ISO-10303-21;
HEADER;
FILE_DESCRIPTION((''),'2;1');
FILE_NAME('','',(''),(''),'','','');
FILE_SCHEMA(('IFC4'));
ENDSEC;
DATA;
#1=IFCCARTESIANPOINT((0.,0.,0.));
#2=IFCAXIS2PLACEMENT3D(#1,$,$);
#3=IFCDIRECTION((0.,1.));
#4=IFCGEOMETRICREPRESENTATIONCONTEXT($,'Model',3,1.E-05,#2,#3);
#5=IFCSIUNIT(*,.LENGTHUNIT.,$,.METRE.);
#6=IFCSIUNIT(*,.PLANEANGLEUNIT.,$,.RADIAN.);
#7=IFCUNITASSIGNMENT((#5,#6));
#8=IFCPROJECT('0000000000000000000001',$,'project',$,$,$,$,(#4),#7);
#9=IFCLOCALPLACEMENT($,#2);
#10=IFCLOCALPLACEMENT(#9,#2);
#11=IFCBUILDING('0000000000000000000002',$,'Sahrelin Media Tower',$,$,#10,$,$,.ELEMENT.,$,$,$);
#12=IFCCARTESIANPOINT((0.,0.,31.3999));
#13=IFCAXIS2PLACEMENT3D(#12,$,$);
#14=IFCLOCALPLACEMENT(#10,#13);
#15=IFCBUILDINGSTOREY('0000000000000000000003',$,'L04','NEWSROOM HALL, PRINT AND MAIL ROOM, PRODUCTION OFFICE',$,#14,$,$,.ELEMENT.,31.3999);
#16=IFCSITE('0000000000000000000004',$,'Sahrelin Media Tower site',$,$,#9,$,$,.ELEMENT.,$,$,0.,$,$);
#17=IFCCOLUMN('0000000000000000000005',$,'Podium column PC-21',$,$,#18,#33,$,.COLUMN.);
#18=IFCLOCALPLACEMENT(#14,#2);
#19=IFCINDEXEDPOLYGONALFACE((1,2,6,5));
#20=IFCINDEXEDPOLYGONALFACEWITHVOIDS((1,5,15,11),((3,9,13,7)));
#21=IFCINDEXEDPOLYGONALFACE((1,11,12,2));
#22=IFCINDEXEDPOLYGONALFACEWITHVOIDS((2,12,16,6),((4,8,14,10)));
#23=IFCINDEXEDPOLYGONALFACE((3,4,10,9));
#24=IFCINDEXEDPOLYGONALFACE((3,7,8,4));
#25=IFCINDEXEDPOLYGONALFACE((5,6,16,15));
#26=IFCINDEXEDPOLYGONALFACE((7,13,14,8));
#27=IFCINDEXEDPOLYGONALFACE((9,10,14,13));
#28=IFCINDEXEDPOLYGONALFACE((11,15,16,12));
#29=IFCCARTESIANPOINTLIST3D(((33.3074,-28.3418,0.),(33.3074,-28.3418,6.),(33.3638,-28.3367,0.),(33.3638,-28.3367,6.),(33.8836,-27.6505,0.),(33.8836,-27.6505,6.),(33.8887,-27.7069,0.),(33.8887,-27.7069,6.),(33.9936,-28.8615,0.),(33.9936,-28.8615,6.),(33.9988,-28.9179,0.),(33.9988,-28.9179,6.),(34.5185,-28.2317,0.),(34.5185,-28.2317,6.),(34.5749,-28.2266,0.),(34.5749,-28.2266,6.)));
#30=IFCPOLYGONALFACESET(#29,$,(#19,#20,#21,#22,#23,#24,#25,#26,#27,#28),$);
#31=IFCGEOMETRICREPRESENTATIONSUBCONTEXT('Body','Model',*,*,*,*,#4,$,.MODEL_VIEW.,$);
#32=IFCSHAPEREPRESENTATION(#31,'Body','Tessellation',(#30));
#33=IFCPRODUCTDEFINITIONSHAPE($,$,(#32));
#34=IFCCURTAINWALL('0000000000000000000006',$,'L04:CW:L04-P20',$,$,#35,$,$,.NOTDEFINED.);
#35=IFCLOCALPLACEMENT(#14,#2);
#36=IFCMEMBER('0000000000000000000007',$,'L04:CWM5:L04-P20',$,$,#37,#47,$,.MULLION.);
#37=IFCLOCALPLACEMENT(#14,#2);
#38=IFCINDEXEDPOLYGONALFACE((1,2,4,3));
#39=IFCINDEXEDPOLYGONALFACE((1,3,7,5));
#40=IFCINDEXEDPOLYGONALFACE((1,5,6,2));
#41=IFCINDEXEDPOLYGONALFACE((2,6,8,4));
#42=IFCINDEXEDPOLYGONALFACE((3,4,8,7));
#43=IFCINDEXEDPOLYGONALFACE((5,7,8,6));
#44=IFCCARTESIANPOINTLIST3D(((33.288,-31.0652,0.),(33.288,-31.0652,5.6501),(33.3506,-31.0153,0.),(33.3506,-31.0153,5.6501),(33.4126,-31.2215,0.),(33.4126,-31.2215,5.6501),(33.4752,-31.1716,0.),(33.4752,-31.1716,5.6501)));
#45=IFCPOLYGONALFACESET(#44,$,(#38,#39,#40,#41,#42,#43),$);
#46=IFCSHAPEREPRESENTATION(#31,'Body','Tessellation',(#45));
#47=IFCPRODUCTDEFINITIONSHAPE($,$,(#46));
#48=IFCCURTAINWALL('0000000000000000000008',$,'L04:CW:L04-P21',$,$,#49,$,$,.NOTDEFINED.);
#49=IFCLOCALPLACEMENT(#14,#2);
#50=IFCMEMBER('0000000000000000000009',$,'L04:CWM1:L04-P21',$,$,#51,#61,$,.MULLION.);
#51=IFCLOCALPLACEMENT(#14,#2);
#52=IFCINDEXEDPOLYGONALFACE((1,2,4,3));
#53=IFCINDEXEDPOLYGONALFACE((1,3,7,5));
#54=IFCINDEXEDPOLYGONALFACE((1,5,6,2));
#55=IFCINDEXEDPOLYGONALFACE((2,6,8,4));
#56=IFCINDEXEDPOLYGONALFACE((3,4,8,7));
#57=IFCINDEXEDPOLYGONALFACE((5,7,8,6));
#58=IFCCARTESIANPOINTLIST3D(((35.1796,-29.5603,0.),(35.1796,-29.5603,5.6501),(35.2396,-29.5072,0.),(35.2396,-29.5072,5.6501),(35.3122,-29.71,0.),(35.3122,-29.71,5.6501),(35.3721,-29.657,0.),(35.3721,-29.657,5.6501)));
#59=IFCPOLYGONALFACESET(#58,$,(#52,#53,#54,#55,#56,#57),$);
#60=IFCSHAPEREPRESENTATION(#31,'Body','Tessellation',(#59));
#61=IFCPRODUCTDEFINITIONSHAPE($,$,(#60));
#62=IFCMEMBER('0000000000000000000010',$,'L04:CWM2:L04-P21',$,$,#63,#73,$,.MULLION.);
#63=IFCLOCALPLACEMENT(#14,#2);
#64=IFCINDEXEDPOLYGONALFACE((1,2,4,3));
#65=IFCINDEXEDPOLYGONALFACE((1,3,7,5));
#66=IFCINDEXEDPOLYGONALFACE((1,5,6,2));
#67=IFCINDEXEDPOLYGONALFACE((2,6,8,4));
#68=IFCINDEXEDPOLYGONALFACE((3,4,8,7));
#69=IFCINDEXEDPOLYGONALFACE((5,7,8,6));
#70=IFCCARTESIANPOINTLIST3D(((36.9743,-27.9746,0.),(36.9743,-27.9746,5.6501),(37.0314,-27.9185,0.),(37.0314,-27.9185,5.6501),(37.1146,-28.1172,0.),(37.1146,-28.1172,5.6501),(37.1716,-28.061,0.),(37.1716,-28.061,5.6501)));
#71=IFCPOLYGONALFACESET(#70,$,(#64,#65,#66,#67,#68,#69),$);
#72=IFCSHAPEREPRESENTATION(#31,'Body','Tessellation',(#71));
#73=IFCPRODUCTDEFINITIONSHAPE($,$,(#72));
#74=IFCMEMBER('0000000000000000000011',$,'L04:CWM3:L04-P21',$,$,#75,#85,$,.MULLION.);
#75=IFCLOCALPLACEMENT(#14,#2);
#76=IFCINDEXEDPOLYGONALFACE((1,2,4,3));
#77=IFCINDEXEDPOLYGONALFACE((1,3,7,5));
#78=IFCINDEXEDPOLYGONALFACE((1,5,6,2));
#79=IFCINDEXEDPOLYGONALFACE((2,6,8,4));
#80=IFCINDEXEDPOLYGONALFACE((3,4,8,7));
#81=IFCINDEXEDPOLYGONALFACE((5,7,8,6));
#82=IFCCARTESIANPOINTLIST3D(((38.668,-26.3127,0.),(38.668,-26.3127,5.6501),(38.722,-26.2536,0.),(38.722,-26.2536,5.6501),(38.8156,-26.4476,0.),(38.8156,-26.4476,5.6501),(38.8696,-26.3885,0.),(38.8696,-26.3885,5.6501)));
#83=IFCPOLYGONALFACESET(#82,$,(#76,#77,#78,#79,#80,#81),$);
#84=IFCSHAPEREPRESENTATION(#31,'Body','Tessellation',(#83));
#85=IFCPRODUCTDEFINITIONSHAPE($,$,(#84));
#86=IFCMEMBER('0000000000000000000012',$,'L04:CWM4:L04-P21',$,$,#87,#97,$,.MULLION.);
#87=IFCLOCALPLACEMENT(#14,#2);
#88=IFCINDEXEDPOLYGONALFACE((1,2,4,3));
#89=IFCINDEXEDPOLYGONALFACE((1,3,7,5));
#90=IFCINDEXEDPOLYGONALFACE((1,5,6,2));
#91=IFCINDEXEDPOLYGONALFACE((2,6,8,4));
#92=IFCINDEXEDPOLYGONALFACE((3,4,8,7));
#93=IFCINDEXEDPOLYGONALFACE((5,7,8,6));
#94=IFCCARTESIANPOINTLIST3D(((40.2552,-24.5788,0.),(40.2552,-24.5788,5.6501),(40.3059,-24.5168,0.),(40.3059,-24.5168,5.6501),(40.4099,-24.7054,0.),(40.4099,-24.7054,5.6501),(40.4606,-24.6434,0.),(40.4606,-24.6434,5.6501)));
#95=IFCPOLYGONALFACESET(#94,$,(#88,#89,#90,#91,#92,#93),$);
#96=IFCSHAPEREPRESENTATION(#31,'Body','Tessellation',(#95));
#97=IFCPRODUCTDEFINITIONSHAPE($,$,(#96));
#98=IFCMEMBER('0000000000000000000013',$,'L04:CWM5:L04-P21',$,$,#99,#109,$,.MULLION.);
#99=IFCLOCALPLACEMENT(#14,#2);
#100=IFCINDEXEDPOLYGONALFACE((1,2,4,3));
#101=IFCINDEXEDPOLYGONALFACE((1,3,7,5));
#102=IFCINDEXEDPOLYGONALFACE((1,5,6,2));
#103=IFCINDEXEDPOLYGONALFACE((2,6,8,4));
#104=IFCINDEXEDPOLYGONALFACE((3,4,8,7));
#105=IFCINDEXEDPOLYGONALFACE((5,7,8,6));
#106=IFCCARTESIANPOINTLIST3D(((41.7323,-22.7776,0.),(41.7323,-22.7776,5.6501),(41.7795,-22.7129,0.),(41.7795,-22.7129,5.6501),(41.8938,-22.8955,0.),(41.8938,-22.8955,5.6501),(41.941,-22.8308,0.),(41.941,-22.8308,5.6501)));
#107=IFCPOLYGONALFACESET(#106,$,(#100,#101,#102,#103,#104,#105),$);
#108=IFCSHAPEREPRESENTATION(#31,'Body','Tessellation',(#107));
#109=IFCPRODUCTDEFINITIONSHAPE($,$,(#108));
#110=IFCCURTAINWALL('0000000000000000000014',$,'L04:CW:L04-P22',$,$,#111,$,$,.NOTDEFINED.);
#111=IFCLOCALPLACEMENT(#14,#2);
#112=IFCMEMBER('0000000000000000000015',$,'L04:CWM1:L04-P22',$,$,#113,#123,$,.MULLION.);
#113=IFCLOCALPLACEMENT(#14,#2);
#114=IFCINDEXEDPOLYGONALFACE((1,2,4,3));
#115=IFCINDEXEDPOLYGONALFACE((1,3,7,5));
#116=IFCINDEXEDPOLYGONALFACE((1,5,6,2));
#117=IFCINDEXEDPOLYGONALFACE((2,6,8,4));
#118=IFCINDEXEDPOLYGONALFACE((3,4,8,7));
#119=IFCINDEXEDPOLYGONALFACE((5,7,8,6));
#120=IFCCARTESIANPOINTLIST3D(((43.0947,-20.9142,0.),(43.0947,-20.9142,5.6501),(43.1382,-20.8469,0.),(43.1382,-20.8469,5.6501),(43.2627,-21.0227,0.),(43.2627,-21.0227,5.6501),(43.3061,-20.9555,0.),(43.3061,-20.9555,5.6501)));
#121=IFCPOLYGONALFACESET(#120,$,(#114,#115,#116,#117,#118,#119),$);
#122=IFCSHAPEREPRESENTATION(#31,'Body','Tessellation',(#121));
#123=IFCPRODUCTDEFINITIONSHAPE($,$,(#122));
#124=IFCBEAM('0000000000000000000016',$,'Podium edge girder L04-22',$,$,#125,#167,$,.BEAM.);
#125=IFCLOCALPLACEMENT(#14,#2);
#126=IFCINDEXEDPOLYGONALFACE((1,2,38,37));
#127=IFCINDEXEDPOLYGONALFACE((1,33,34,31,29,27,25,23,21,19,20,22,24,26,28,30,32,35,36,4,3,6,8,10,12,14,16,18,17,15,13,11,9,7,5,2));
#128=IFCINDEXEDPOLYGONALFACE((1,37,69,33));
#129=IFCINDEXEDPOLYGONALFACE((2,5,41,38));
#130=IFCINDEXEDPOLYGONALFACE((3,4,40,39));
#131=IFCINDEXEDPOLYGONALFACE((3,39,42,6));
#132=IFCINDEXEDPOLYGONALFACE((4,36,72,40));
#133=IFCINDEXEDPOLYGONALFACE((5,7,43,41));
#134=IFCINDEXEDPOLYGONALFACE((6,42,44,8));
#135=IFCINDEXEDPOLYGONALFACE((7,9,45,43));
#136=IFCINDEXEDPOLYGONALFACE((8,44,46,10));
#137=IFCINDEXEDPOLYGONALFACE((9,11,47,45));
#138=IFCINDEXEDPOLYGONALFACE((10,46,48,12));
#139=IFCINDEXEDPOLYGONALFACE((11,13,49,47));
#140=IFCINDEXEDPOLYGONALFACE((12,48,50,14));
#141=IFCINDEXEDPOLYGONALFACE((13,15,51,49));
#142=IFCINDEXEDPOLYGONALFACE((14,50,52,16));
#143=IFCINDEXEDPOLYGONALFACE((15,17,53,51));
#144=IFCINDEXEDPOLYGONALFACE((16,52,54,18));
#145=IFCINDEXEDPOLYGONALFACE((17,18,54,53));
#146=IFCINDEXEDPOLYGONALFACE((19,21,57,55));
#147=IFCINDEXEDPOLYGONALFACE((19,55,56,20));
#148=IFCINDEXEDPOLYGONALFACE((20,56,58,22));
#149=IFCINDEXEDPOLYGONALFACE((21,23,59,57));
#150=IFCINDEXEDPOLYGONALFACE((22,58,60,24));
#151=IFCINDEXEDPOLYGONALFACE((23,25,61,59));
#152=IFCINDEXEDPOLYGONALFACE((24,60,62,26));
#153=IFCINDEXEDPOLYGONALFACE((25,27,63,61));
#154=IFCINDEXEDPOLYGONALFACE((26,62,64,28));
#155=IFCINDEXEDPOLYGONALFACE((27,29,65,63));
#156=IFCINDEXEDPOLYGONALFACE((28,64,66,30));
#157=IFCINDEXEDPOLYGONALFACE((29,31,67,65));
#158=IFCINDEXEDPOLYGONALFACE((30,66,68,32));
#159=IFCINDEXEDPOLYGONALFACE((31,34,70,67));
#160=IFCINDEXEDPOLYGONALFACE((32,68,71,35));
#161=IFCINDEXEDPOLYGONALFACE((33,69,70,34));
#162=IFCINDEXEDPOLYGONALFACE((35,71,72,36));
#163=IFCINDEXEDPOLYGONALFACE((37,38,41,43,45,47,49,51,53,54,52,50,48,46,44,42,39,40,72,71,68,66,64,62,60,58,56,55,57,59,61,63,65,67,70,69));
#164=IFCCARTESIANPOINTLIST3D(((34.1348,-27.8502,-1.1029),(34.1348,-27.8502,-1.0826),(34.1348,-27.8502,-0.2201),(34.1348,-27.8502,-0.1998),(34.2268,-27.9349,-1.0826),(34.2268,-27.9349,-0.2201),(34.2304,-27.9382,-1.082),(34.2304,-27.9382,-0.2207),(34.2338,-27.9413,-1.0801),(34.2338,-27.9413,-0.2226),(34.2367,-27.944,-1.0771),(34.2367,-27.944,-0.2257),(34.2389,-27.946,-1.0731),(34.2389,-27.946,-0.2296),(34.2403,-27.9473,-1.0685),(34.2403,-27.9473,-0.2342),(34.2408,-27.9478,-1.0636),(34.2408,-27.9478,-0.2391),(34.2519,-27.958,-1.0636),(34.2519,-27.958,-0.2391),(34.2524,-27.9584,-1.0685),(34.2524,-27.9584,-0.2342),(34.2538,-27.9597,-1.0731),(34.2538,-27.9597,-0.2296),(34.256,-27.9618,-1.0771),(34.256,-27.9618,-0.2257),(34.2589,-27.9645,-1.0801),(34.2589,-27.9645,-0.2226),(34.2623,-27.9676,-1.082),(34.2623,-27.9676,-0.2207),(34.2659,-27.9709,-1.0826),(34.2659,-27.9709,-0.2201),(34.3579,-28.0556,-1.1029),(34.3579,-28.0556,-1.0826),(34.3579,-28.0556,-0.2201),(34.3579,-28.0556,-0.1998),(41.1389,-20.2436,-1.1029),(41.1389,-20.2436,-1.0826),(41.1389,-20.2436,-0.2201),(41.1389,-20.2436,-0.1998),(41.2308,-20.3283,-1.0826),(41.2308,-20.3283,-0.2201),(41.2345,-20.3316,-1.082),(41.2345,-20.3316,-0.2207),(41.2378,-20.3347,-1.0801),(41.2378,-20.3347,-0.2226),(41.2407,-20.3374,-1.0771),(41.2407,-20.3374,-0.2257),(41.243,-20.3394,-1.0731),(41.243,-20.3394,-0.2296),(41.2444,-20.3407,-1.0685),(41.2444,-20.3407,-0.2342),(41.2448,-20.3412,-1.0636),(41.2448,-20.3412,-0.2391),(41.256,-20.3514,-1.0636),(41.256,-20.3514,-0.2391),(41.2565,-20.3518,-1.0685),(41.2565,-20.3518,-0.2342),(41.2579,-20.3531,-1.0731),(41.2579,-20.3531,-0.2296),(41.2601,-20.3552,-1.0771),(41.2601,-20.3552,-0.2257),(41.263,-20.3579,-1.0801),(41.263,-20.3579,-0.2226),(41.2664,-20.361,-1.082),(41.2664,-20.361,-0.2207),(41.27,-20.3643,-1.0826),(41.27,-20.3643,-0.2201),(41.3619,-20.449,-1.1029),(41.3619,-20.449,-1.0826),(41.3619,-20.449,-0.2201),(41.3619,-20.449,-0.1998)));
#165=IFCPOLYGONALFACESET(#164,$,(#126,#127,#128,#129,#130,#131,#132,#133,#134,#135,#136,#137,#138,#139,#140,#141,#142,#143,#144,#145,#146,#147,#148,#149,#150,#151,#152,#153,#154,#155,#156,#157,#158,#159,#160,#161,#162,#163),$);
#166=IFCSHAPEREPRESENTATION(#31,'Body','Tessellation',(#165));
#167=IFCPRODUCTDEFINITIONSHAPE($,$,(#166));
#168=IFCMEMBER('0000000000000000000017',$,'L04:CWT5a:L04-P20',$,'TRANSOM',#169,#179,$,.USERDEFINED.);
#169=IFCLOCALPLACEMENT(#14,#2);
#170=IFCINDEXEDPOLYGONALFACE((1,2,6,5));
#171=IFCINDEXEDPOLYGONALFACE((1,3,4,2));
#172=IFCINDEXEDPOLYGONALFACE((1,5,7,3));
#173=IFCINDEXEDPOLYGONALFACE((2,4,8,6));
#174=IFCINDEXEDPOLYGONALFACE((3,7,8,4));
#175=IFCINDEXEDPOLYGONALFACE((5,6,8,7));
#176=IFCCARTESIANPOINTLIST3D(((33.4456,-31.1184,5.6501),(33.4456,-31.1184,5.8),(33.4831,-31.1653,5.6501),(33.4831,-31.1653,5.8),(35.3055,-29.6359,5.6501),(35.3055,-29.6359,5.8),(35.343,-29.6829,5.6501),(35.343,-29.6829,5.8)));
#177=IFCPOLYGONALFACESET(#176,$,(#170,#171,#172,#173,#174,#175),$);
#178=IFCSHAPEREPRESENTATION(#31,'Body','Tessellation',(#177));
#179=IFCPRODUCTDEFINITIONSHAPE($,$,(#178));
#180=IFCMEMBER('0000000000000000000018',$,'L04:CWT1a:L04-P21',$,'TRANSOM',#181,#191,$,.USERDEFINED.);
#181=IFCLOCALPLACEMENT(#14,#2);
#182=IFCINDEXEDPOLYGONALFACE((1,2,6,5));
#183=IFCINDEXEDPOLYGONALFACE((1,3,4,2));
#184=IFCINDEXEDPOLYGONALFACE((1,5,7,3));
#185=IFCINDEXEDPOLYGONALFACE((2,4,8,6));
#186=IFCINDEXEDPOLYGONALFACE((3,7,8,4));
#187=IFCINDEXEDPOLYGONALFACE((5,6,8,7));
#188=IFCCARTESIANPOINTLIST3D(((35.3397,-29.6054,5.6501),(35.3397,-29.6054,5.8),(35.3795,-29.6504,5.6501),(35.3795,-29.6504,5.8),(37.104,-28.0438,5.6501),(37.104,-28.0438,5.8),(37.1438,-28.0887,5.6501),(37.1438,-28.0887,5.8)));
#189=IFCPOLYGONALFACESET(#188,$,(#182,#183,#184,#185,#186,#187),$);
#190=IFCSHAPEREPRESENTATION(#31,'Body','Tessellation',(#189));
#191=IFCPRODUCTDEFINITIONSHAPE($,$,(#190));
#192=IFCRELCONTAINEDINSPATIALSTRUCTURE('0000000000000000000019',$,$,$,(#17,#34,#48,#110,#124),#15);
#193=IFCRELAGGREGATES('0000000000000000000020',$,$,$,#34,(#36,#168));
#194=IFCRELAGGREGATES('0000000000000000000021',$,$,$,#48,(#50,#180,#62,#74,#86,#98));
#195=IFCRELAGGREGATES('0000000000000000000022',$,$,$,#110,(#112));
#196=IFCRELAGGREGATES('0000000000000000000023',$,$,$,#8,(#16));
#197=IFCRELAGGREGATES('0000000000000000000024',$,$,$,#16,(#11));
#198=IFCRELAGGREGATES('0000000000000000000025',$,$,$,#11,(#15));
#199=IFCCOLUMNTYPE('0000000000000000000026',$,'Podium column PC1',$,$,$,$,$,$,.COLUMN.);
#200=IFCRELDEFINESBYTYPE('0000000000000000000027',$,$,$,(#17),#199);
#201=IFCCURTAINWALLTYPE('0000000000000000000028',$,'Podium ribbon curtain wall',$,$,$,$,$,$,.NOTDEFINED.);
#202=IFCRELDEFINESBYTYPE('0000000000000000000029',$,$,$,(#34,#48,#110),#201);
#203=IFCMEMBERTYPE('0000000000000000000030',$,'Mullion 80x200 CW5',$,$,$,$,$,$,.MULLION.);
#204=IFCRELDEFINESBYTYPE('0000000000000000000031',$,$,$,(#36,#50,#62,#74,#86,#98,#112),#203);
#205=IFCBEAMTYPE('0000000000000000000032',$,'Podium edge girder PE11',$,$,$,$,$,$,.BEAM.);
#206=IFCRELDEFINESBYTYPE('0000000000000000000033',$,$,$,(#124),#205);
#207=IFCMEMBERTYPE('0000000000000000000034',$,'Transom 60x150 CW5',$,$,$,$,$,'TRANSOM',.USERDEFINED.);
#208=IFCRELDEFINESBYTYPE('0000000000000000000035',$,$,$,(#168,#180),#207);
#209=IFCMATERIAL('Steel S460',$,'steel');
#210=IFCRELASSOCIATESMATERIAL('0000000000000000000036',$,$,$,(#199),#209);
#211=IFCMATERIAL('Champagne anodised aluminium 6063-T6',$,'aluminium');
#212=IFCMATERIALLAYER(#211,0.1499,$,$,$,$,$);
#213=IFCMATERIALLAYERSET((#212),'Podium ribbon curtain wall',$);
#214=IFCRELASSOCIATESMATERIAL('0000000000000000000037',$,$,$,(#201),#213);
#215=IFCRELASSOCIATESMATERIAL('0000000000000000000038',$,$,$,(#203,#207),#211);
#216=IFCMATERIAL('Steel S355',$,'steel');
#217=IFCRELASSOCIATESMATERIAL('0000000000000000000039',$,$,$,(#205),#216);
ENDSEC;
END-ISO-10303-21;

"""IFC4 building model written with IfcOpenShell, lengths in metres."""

from ifc_helpers import new_model, si_unit, direction, frame, origin, origin_2d, place, context, subcontext, project, spatial, rectangle, hollow_rectangle, i_section, extrude, material, layer, layer_set, material_profile, profile_set, type_object, element, aggregate, save


model = new_model("IFC4")

# Units and contexts
model_context = context("Model", 3, precision=1e-05, world=origin(), true_north=direction((0.0, 1.0)))
body_context = subcontext(model_context, "Body", "Model", "MODEL_VIEW")
ifc_project = project(units=[si_unit("LENGTHUNIT", "METRE"), si_unit("PLANEANGLEUNIT", "RADIAN")], contexts=[model_context])

# Site, building, storey
site_placement = place(None, origin())
site = spatial("IfcSite", under=ifc_project, at=site_placement, Name="Sahrelin Media Tower site", CompositionType="ELEMENT", RefElevation=0.0)
building_placement = place(site_placement, origin())
building = spatial("IfcBuilding", under=site, at=building_placement, Name="Sahrelin Media Tower", CompositionType="ELEMENT")
storey_placement = place(building_placement, frame((0.0, 0.0, 31.3999)))
storey = spatial("IfcBuildingStorey", under=building, at=storey_placement, Name="L04", Description="NEWSROOM HALL, PRINT AND MAIL ROOM, PRODUCTION OFFICE", CompositionType="ELEMENT", Elevation=31.3999)

# Column
ifc_material_1 = material(Name="Steel S460", Category="steel")
ifc_material_profile_1 = material_profile(ifc_material_1, hollow_rectangle(XDim=0.8999, YDim=0.8999, WallThickness=0.04, at=origin_2d()), Name="Podium column PC1")
ifc_profile_set_1 = profile_set([ifc_material_profile_1], Name="Steel S460")
column_type = type_object("IfcColumnType", Name="Podium column PC1", PredefinedType="COLUMN", material=ifc_profile_set_1)
column_placement = place(storey_placement, frame((33.9412, -28.2842, 0.0), z_axis=(0.0, 0.0, 1.0), x_axis=(0.768221, -0.640185, 0.0)))
element("IfcColumn", 1, at=column_placement, inside=storey, type_object=column_type, Name="Podium column PC-21", PredefinedType="COLUMN", context=body_context, shape_type="SweptSolid", body=[
    extrude(hollow_rectangle(XDim=0.8999, YDim=0.8999, WallThickness=0.04, at=origin_2d()), origin(), (0.0, 0.0, 1.0), 6.0),
])

# Curtain wall, member
ifc_material_2 = material(Name="Champagne anodised aluminium 6063-T6", Category="aluminium")
ifc_layer_1 = layer(ifc_material_2, 0.1499)
ifc_layer_set_1 = layer_set([ifc_layer_1], Name="Podium ribbon curtain wall")
curtain_wall_type = type_object("IfcCurtainWallType", Name="Podium ribbon curtain wall", PredefinedType="NOTDEFINED", material=ifc_layer_set_1)
curtain_wall_1_placement = place(storey_placement, frame((25.0, -36.373, 0.0), z_axis=(0.0, 0.0, 1.0), x_axis=(1.0, 0.0, 0.0)))
curtain_wall_1 = element("IfcCurtainWall", 2, at=curtain_wall_1_placement, inside=storey, type_object=curtain_wall_type, Name="L04:CW:L04-P20", PredefinedType="NOTDEFINED")
ifc_material_profile_2 = material_profile(ifc_material_2, rectangle(XDim=0.0801, YDim=0.2, at=origin_2d()), Name="Mullion 80x200")
ifc_profile_set_2 = profile_set([ifc_material_profile_2], Name="Champagne anodised aluminium 6063-T6")
member_type_1 = type_object("IfcMemberType", Name="Mullion 80x200 CW5", PredefinedType="MULLION", material=ifc_profile_set_2)
member_1_placement = place(storey_placement, frame((33.3816, -31.1184, 0.0), z_axis=(0.0, 0.0, 1.0), x_axis=(0.78196, 0.623328, 0.0)))
member_1 = element("IfcMember", 3, at=member_1_placement, type_object=member_type_1, Name="L04:CWM5:L04-P20", PredefinedType="MULLION", context=body_context, shape_type="SweptSolid", body=[
    extrude(rectangle(XDim=0.0801, YDim=0.2, at=origin_2d()), origin(), (0.0, 0.0, 1.0), 5.6501),
])

# Curtain wall, members
curtain_wall_2_placement = place(storey_placement, frame((35.3552, -29.6985, 0.0), z_axis=(0.0, 0.0, 1.0), x_axis=(1.0, 0.0, 0.0)))
curtain_wall_2 = element("IfcCurtainWall", 4, at=curtain_wall_2_placement, inside=storey, type_object=curtain_wall_type, Name="L04:CW:L04-P21", PredefinedType="NOTDEFINED")
member_2_placement = place(storey_placement, frame((35.2759, -29.6086, 0.0), z_axis=(0.0, 0.0, 1.0), x_axis=(0.748788, 0.66281, 0.0)))
member_2 = element("IfcMember", 5, at=member_2_placement, type_object=member_type_1, Name="L04:CWM1:L04-P21", PredefinedType="MULLION", context=body_context, shape_type="SweptSolid", body=[
    extrude(rectangle(XDim=0.0801, YDim=0.2, at=origin_2d()), origin(), (0.0, 0.0, 1.0), 5.6501),
])
member_3_placement = place(storey_placement, frame((37.073, -28.0178, 0.0), z_axis=(0.0, 0.0, 1.0), x_axis=(0.712974, 0.701191, 0.0)))
member_3 = element("IfcMember", 6, at=member_3_placement, type_object=member_type_1, Name="L04:CWM2:L04-P21", PredefinedType="MULLION", context=body_context, shape_type="SweptSolid", body=[
    extrude(rectangle(XDim=0.0801, YDim=0.2, at=origin_2d()), origin(), (0.0, 0.0, 1.0), 5.6501),
])
member_4_placement = place(storey_placement, frame((38.7688, -26.3506, 0.0), z_axis=(0.0, 0.0, 1.0), x_axis=(0.67443, 0.738339, 0.0)))
member_4 = element("IfcMember", 7, at=member_4_placement, type_object=member_type_1, Name="L04:CWM3:L04-P21", PredefinedType="MULLION", context=body_context, shape_type="SweptSolid", body=[
    extrude(rectangle(XDim=0.0801, YDim=0.2, at=origin_2d()), origin(), (0.0, 0.0, 1.0), 5.6501),
])
member_5_placement = place(storey_placement, frame((40.3579, -24.6111, 0.0), z_axis=(0.0, 0.0, 1.0), x_axis=(0.633235, 0.77396, 0.0)))
member_5 = element("IfcMember", 8, at=member_5_placement, type_object=member_type_1, Name="L04:CWM4:L04-P21", PredefinedType="MULLION", context=body_context, shape_type="SweptSolid", body=[
    extrude(rectangle(XDim=0.0801, YDim=0.2, at=origin_2d()), origin(), (0.0, 0.0, 1.0), 5.6501),
])
member_6_placement = place(storey_placement, frame((41.8367, -22.8042, 0.0), z_axis=(0.0, 0.0, 1.0), x_axis=(0.589385, 0.807852, 0.0)))
member_6 = element("IfcMember", 9, at=member_6_placement, type_object=member_type_1, Name="L04:CWM5:L04-P21", PredefinedType="MULLION", context=body_context, shape_type="SweptSolid", body=[
    extrude(rectangle(XDim=0.0801, YDim=0.2, at=origin_2d()), origin(), (0.0, 0.0, 1.0), 5.6501),
])

# Curtain wall, member
curtain_wall_3_placement = place(storey_placement, frame((43.3013, -21.0, 0.0), z_axis=(0.0, 0.0, 1.0), x_axis=(1.0, 0.0, 0.0)))
curtain_wall_3 = element("IfcCurtainWall", 10, at=curtain_wall_3_placement, inside=storey, type_object=curtain_wall_type, Name="L04:CW:L04-P22", PredefinedType="NOTDEFINED")
member_7_placement = place(storey_placement, frame((43.2004, -20.9348, 0.0), z_axis=(0.0, 0.0, 1.0), x_axis=(0.54283, 0.839843, 0.0)))
member_7 = element("IfcMember", 11, at=member_7_placement, type_object=member_type_1, Name="L04:CWM1:L04-P22", PredefinedType="MULLION", context=body_context, shape_type="SweptSolid", body=[
    extrude(rectangle(XDim=0.0801, YDim=0.2, at=origin_2d()), origin(), (0.0, 0.0, 1.0), 5.6501),
])

# Beam
ifc_material_3 = material(Name="Steel S355", Category="steel")
ifc_material_profile_3 = material_profile(ifc_material_3, i_section(OverallWidth=0.3032, OverallDepth=0.9031, WebThickness=0.0151, FlangeThickness=0.0203, FilletRadius=0.019, at=origin_2d()), Name="UB 914x305x201")
ifc_profile_set_3 = profile_set([ifc_material_profile_3], Name="Steel S355")
beam_type = type_object("IfcBeamType", Name="Podium edge girder PE11", PredefinedType="BEAM", material=ifc_profile_set_3)
beam_placement = place(storey_placement, frame((34.2463, -27.9529, -0.6514), z_axis=(0.677371, 0.735642, 0.0), x_axis=(-0.735642, 0.677371, 0.0)))
element("IfcBeam", 12, at=beam_placement, inside=storey, type_object=beam_type, Name="Podium edge girder L04-22", PredefinedType="BEAM", context=body_context, shape_type="SweptSolid", body=[
    extrude(i_section(OverallWidth=0.3032, OverallDepth=0.9031, WebThickness=0.0151, FlangeThickness=0.0203, FilletRadius=0.019, at=origin_2d()), origin(), (0.0, 0.0, 1.0), 10.3401),
])

# Members
ifc_material_profile_4 = material_profile(ifc_material_2, rectangle(XDim=0.0601, YDim=0.1499, at=origin_2d()), Name="Transom 60x150")
ifc_profile_set_4 = profile_set([ifc_material_profile_4], Name="Champagne anodised aluminium 6063-T6")
member_type_2 = type_object("IfcMemberType", Name="Transom 60x150 CW5", ElementType="TRANSOM", PredefinedType="USERDEFINED", material=ifc_profile_set_4)
member_8_placement = place(storey_placement, frame((33.4644, -31.1418, 5.7251), z_axis=(0.781989, 0.623292, 0.0), x_axis=(-0.623292, 0.781989, 0.0)))
member_8 = element("IfcMember", 13, at=member_8_placement, type_object=member_type_2, Name="L04:CWT5a:L04-P20", ObjectType="TRANSOM", PredefinedType="USERDEFINED", context=body_context, shape_type="SweptSolid", body=[
    extrude(rectangle(XDim=0.0601, YDim=0.1499, at=origin_2d()), origin(), (0.0, 0.0, 1.0), 2.3784),
])
member_9_placement = place(storey_placement, frame((35.3596, -29.6279, 5.7251), z_axis=(0.748797, 0.6628, 0.0), x_axis=(-0.6628, 0.748797, 0.0)))
member_9 = element("IfcMember", 14, at=member_9_placement, type_object=member_type_2, Name="L04:CWT1a:L04-P21", ObjectType="TRANSOM", PredefinedType="USERDEFINED", context=body_context, shape_type="SweptSolid", body=[
    extrude(rectangle(XDim=0.0601, YDim=0.1499, at=origin_2d()), origin(), (0.0, 0.0, 1.0), 2.3562),
])

aggregate(curtain_wall_1, [member_1, member_8])
aggregate(curtain_wall_2, [member_2, member_9, member_3, member_4, member_5, member_6])
aggregate(curtain_wall_3, [member_7])

save(model, "model.ifc")
